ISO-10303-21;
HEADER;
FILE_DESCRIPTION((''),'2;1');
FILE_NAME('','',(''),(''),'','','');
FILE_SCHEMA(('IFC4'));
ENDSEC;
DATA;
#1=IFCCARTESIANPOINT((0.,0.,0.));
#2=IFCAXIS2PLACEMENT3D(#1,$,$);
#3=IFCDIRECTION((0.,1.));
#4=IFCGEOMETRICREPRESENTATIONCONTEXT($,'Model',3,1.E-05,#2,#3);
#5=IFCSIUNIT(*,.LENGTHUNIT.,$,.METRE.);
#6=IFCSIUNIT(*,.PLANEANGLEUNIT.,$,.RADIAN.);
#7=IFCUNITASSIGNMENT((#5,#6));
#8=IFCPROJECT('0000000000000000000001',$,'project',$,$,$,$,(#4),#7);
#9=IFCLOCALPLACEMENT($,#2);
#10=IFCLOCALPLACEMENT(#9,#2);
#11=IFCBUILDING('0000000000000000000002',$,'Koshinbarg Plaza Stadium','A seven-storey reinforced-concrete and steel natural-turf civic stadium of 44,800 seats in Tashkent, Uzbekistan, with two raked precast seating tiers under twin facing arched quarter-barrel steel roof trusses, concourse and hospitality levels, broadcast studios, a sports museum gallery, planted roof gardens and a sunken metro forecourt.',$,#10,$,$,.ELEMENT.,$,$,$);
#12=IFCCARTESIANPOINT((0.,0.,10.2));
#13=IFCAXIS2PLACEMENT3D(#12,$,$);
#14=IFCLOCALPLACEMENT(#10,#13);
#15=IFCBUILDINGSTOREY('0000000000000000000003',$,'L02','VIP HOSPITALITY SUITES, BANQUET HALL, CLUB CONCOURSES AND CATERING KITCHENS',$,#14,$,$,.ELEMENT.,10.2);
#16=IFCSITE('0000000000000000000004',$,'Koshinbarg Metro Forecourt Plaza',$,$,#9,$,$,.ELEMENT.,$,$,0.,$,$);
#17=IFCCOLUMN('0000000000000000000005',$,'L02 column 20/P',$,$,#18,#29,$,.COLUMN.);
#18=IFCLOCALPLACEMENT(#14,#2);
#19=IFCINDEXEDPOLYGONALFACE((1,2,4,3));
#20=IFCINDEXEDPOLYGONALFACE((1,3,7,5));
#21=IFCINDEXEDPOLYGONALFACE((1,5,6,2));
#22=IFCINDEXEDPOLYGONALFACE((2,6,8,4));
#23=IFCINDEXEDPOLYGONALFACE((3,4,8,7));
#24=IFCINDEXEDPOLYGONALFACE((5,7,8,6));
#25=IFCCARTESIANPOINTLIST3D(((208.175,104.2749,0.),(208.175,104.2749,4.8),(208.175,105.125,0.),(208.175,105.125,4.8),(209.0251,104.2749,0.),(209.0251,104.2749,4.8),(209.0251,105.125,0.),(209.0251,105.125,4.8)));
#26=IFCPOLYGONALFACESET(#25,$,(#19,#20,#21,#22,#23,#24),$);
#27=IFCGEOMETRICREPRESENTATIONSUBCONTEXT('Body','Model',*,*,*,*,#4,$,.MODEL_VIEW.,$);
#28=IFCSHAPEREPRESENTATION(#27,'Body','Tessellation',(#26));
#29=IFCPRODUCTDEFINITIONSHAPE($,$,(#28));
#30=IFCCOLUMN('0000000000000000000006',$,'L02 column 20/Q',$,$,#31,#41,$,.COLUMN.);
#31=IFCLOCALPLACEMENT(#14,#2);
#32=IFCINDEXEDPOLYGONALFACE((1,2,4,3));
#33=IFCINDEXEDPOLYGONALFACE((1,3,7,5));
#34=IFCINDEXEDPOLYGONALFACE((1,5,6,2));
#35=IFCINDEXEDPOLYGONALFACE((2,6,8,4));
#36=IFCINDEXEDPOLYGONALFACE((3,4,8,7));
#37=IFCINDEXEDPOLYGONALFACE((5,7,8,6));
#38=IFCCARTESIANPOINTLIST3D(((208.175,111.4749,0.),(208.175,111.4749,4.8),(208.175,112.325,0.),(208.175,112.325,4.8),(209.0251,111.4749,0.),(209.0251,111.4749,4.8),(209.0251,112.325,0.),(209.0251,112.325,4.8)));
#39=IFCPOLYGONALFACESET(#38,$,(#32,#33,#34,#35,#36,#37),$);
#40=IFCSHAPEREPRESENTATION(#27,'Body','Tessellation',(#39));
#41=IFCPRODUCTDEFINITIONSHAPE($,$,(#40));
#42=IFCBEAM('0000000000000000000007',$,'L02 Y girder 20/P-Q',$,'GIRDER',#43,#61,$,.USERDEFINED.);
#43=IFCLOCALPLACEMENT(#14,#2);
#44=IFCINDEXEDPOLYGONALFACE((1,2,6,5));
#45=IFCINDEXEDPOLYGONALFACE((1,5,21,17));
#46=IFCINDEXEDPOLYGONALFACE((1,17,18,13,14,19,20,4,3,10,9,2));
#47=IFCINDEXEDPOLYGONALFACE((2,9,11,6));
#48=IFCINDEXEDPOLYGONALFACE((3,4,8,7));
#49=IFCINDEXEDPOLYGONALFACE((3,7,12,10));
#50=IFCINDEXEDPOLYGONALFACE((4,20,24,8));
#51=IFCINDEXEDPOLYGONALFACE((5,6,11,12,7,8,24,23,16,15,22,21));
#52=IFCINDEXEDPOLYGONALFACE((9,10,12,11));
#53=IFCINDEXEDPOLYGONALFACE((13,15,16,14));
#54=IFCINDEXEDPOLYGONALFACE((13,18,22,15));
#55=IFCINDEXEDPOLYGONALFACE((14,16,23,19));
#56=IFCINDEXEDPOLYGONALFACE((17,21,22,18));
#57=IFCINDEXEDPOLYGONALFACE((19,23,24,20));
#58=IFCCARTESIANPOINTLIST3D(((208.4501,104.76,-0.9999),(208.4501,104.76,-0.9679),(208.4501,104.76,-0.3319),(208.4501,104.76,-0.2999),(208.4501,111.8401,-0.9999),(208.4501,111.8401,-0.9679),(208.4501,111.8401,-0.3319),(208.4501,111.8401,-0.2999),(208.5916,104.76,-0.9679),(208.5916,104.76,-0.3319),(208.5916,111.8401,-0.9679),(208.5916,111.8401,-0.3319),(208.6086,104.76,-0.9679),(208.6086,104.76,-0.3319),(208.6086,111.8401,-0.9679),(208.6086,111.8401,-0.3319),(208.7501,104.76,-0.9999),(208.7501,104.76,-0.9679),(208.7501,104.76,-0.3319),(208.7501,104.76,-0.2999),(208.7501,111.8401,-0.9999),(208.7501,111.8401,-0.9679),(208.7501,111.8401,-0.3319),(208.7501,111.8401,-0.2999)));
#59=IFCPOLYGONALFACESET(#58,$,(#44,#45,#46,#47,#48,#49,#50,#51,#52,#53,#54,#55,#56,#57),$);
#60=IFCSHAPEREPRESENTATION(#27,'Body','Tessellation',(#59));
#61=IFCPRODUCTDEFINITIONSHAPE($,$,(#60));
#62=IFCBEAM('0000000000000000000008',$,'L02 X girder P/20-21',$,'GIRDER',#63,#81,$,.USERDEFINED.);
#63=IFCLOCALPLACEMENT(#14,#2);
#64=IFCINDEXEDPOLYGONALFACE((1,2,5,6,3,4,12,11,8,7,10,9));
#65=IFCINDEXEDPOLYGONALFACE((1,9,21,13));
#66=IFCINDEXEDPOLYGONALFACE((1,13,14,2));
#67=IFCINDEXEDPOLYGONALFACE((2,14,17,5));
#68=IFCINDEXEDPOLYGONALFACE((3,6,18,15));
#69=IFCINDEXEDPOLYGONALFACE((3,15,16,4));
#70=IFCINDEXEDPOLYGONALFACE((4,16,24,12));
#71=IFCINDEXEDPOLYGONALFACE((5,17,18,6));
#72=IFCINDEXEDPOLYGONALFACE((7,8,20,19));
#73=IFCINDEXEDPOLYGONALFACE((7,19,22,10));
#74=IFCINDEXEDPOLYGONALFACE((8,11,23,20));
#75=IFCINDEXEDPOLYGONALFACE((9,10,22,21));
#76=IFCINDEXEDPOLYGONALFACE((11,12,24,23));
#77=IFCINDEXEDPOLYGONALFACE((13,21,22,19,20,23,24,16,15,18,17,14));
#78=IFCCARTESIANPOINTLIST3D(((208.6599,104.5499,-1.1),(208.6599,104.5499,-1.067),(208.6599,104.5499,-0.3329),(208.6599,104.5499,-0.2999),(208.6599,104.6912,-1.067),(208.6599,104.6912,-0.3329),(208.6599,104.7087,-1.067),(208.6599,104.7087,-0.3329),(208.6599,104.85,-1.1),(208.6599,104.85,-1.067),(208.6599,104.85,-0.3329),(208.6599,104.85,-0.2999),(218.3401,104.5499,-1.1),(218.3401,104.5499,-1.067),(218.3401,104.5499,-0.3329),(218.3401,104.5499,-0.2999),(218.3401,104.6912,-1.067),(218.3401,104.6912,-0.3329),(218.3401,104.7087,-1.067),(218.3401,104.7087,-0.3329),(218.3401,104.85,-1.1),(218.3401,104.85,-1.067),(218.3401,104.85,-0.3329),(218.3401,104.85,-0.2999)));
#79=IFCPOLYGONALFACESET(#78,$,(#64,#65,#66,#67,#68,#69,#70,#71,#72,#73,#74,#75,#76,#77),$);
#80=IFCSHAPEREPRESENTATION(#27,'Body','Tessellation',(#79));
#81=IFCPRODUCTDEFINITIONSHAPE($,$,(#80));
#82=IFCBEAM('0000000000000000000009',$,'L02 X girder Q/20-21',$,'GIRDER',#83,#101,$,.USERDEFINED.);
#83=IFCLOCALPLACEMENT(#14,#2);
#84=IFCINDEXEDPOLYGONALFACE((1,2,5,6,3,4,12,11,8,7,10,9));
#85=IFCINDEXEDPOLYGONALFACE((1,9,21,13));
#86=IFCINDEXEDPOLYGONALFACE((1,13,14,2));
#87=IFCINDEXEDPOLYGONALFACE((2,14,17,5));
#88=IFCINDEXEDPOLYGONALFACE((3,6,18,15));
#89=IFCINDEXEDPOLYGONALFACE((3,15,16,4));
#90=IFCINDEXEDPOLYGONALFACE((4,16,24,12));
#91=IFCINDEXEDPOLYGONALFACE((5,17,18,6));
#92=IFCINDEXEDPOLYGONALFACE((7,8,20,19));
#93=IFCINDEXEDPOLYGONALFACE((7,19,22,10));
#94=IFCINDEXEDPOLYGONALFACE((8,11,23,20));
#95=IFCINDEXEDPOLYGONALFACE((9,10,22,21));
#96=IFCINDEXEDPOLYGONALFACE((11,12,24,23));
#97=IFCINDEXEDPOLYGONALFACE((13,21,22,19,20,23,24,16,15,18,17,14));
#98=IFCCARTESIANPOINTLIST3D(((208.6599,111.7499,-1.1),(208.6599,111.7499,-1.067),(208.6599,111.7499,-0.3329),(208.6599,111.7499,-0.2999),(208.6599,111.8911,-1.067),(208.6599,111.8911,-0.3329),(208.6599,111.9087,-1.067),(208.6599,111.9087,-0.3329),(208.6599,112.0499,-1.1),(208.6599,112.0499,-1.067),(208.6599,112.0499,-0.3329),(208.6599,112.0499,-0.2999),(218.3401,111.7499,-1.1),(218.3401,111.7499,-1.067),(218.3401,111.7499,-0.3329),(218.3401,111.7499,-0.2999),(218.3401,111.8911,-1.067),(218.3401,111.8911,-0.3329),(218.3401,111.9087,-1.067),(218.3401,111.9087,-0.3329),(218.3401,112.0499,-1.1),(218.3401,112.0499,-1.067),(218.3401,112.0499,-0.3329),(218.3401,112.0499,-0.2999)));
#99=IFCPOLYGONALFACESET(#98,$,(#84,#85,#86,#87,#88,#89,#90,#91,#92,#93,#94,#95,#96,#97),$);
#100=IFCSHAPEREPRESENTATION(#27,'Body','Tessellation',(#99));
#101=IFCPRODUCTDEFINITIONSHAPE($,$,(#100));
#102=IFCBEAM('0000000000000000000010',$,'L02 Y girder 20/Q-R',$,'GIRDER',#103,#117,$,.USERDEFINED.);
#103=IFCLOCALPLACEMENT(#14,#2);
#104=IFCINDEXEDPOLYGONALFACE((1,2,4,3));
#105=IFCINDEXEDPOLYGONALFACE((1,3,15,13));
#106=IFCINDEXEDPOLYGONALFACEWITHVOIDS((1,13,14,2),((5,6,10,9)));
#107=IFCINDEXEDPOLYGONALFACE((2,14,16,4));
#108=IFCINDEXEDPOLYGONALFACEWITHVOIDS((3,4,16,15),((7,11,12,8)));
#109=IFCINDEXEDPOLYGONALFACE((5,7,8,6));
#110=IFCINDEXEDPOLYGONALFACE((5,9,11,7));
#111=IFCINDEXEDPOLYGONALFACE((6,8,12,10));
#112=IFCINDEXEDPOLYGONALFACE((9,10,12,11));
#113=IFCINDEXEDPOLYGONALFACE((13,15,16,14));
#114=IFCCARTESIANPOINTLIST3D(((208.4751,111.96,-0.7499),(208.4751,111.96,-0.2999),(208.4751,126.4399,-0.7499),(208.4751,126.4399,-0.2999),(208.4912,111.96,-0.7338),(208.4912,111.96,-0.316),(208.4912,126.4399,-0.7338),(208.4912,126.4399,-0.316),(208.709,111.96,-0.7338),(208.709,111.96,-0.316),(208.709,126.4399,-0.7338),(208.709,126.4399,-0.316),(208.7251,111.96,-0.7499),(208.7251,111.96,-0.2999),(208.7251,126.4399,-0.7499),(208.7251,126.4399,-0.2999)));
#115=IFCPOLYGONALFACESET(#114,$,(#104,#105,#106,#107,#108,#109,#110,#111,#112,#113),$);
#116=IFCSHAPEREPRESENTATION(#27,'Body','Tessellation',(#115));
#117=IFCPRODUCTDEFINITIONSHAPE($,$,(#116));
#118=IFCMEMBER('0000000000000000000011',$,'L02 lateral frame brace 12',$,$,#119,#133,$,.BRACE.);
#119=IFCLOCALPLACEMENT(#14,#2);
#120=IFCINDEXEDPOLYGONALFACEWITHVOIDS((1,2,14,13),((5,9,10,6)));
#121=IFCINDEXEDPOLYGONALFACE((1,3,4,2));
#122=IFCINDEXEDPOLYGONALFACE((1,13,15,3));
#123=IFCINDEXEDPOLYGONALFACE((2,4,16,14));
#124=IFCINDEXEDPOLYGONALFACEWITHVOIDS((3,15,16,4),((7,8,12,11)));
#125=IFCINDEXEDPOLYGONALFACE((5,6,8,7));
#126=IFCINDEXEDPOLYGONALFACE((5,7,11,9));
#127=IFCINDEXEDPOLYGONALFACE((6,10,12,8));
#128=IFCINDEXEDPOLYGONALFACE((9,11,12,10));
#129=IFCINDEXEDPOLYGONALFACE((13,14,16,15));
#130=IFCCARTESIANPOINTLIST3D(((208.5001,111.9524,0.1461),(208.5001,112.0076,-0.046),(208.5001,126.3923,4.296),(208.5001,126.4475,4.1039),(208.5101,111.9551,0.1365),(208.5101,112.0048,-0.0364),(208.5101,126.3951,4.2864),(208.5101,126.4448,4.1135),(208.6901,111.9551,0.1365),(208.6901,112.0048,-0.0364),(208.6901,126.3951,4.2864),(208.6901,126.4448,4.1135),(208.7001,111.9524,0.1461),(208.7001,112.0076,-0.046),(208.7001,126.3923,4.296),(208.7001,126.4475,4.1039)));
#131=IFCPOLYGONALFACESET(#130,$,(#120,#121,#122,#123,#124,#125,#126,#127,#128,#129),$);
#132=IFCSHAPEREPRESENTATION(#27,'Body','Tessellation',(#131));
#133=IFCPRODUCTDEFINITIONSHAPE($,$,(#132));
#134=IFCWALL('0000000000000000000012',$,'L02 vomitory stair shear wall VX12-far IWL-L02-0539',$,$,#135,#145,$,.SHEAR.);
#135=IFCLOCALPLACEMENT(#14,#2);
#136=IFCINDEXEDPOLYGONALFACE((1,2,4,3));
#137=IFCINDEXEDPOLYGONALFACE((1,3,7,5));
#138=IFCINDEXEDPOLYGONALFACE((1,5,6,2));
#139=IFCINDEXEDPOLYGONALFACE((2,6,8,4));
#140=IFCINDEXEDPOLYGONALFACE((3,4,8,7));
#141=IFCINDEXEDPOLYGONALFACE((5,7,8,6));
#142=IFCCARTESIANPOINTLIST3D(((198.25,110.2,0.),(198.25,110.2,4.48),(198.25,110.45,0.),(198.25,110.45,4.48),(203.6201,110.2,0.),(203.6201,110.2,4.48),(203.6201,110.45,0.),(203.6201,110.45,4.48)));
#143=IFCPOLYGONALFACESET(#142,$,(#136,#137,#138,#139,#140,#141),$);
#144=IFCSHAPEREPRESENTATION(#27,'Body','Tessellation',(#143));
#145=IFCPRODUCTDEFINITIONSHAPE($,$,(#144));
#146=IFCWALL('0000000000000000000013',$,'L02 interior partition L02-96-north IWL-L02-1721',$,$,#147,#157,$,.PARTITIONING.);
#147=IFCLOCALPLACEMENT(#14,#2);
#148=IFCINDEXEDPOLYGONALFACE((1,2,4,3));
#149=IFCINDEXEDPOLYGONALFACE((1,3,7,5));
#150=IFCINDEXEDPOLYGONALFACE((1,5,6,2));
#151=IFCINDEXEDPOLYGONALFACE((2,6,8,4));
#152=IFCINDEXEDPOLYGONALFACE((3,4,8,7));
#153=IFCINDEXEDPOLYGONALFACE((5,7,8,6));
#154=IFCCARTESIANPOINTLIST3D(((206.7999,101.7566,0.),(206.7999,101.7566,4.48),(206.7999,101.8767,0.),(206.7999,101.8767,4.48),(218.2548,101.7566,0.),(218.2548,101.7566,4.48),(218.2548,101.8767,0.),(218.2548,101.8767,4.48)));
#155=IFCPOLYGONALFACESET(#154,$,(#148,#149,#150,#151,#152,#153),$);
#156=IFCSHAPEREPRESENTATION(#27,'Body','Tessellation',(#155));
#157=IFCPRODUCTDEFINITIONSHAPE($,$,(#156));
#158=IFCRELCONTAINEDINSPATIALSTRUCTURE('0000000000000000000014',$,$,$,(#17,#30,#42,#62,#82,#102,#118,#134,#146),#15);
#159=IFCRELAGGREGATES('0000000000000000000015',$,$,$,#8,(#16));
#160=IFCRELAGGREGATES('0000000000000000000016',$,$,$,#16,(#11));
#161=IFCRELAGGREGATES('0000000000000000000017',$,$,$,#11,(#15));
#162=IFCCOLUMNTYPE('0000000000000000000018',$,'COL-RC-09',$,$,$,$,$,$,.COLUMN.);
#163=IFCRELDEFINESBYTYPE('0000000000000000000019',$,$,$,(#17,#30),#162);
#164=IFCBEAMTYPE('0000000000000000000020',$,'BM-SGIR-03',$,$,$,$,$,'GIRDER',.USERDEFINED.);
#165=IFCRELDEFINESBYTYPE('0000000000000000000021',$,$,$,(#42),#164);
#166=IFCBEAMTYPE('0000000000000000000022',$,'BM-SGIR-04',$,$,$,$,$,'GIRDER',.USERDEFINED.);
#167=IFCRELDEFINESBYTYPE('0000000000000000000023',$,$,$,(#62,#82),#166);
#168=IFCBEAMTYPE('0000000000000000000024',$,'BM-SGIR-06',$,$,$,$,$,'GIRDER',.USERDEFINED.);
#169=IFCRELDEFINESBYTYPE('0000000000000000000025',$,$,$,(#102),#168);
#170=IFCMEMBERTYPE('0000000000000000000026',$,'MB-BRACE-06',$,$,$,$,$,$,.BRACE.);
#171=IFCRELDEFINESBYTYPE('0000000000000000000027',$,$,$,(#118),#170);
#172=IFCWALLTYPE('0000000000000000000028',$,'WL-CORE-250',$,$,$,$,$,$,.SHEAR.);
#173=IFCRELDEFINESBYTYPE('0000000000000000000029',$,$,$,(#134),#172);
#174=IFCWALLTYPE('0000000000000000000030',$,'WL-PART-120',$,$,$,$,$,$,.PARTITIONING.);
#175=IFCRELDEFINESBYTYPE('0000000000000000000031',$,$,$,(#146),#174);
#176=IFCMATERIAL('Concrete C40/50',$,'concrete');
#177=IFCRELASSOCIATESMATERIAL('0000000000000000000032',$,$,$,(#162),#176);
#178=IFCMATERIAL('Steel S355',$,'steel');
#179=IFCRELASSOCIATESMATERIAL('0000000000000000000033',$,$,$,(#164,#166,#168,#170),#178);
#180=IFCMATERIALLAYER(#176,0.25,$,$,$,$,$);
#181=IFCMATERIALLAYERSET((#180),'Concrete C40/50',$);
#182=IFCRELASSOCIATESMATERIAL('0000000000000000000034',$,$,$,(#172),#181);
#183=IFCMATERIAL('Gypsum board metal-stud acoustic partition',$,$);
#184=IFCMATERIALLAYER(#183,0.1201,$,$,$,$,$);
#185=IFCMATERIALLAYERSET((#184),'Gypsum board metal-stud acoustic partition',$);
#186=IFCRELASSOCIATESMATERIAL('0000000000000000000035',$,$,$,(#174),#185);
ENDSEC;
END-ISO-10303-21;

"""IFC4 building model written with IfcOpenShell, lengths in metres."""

from ifc_helpers import new_model, si_unit, direction, frame, frame_2d, origin, origin_2d, place, context, subcontext, project, spatial, rectangle, hollow_rectangle, i_section, extrude, material, layer, layer_set, material_profile, profile_set, type_object, element, save


model = new_model("IFC4")

# Units and contexts
model_context = context("Model", 3, precision=1e-05, world=origin(), true_north=direction((0.0, 1.0)))
body_context = subcontext(model_context, "Body", "Model", "MODEL_VIEW")
ifc_project = project(units=[si_unit("LENGTHUNIT", "METRE"), si_unit("PLANEANGLEUNIT", "RADIAN")], contexts=[model_context])

# Site, building, storey
site_placement = place(None, origin())
site = spatial("IfcSite", under=ifc_project, at=site_placement, Name="Koshinbarg Metro Forecourt Plaza", CompositionType="ELEMENT", RefElevation=0.0)
building_placement = place(site_placement, origin())
building = spatial("IfcBuilding", under=site, at=building_placement, Name="Koshinbarg Plaza Stadium", Description="A seven-storey reinforced-concrete and steel natural-turf civic stadium of 44,800 seats in Tashkent, Uzbekistan, with two raked precast seating tiers under twin facing arched quarter-barrel steel roof trusses, concourse and hospitality levels, broadcast studios, a sports museum gallery, planted roof gardens and a sunken metro forecourt.", CompositionType="ELEMENT")
storey_placement = place(building_placement, frame((0.0, 0.0, 10.2)))
storey = spatial("IfcBuildingStorey", under=building, at=storey_placement, Name="L02", Description="VIP HOSPITALITY SUITES, BANQUET HALL, CLUB CONCOURSES AND CATERING KITCHENS", CompositionType="ELEMENT", Elevation=10.2)

# Columns
ifc_material_1 = material(Name="Concrete C40/50", Category="concrete")
ifc_material_profile_1 = material_profile(ifc_material_1, rectangle(XDim=0.8501, YDim=0.8501, at=origin_2d()), Name="RC 850x850")
ifc_profile_set_1 = profile_set([ifc_material_profile_1], Name="Concrete C40/50")
column_type = type_object("IfcColumnType", Name="COL-RC-09", PredefinedType="COLUMN", material=ifc_profile_set_1)
for number, where, z_axis, x_axis, name in (
    (1, (208.6001, 104.7, 0.0), (0.0, 0.0, 1.0), (1.0, 0.0, 0.0), "L02 column 20/P"),
    (2, (208.6001, 111.8999, 0.0), (0.0, 0.0, 1.0), (1.0, 0.0, 0.0), "L02 column 20/Q"),
):
    element("IfcColumn", number, at=place(storey_placement, frame(where, z_axis=z_axis, x_axis=x_axis)), inside=storey, type_object=column_type, Name=name, PredefinedType="COLUMN", context=body_context, shape_type="SweptSolid", body=[
        extrude(rectangle(XDim=0.8501, YDim=0.8501, at=origin_2d()), origin(), (0.0, 0.0, 1.0), 4.8),
    ])

# Beams
ifc_material_2 = material(Name="Steel S355", Category="steel")
ifc_material_profile_2 = material_profile(ifc_material_2, i_section(OverallWidth=0.3, OverallDepth=0.7, WebThickness=0.0171, FlangeThickness=0.032, at=origin_2d()), Name="HEB 700")
ifc_profile_set_2 = profile_set([ifc_material_profile_2], Name="Steel S355")
beam_type_1 = type_object("IfcBeamType", Name="BM-SGIR-03", ElementType="GIRDER", PredefinedType="USERDEFINED", material=ifc_profile_set_2)
beam_1_placement = place(storey_placement, frame((208.6001, 104.76, -0.6499), z_axis=(0.0, 1.0, 0.0), x_axis=(-1.0, 0.0, 0.0)))
element("IfcBeam", 3, at=beam_1_placement, inside=storey, type_object=beam_type_1, Name="L02 Y girder 20/P-Q", ObjectType="GIRDER", PredefinedType="USERDEFINED", context=body_context, shape_type="SweptSolid", body=[
    extrude(i_section(OverallWidth=0.3, OverallDepth=0.7, WebThickness=0.0171, FlangeThickness=0.032, at=origin_2d()), origin(), (0.0, 0.0, 1.0), 7.0801),
])
ifc_material_profile_3 = material_profile(ifc_material_2, i_section(OverallWidth=0.3, OverallDepth=0.8, WebThickness=0.0176, FlangeThickness=0.033, at=origin_2d()), Name="HEB 800")
ifc_profile_set_3 = profile_set([ifc_material_profile_3], Name="Steel S355")
beam_type_2 = type_object("IfcBeamType", Name="BM-SGIR-04", ElementType="GIRDER", PredefinedType="USERDEFINED", material=ifc_profile_set_3)
for number, where, z_axis, x_axis, name in (
    (4, (208.6599, 104.7, -0.7), (1.0, 0.0, 0.0), (0.0, 1.0, 0.0), "L02 X girder P/20-21"),
    (5, (208.6599, 111.8999, -0.7), (1.0, 0.0, 0.0), (0.0, 1.0, 0.0), "L02 X girder Q/20-21"),
):
    element("IfcBeam", number, at=place(storey_placement, frame(where, z_axis=z_axis, x_axis=x_axis)), inside=storey, type_object=beam_type_2, Name=name, ObjectType="GIRDER", PredefinedType="USERDEFINED", context=body_context, shape_type="SweptSolid", body=[
        extrude(i_section(OverallWidth=0.3, OverallDepth=0.8, WebThickness=0.0176, FlangeThickness=0.033, at=origin_2d()), origin(), (0.0, 0.0, 1.0), 9.6802),
    ])
ifc_material_profile_4 = material_profile(ifc_material_2, hollow_rectangle(XDim=0.25, YDim=0.45, WallThickness=0.0161, at=origin_2d()), Name="RHS 450x250x16")
ifc_profile_set_4 = profile_set([ifc_material_profile_4], Name="Steel S355")
beam_type_3 = type_object("IfcBeamType", Name="BM-SGIR-06", ElementType="GIRDER", PredefinedType="USERDEFINED", material=ifc_profile_set_4)
beam_2_placement = place(storey_placement, frame((208.6001, 111.96, -0.5249), z_axis=(0.0, 1.0, 0.0), x_axis=(-1.0, 0.0, 0.0)))
element("IfcBeam", 6, at=beam_2_placement, inside=storey, type_object=beam_type_3, Name="L02 Y girder 20/Q-R", ObjectType="GIRDER", PredefinedType="USERDEFINED", context=body_context, shape_type="SweptSolid", body=[
    extrude(hollow_rectangle(XDim=0.25, YDim=0.45, WallThickness=0.0161, at=origin_2d()), origin(), (0.0, 0.0, 1.0), 14.48),
])

# Member
ifc_material_profile_5 = material_profile(ifc_material_2, hollow_rectangle(XDim=0.2, YDim=0.2, WallThickness=0.01, at=origin_2d()), Name="SHS 200x200x10")
ifc_profile_set_5 = profile_set([ifc_material_profile_5], Name="Steel S355")
member_type = type_object("IfcMemberType", Name="MB-BRACE-06", PredefinedType="BRACE", material=ifc_profile_set_5)
member_placement = place(storey_placement, frame((208.6001, 111.98, 0.05), z_axis=(0.0, 0.961097, 0.27621), x_axis=(-1.0, 0.0, 0.0)))
element("IfcMember", 7, at=member_placement, inside=storey, type_object=member_type, Name="L02 lateral frame brace 12", PredefinedType="BRACE", context=body_context, shape_type="SweptSolid", body=[
    extrude(hollow_rectangle(XDim=0.2, YDim=0.2, WallThickness=0.01, at=origin_2d()), origin(), (0.0, 0.0, 1.0), 15.0244),
])

# Walls
ifc_layer_1 = layer(ifc_material_1, 0.25)
ifc_layer_set_1 = layer_set([ifc_layer_1], Name="Concrete C40/50")
wall_type_1 = type_object("IfcWallType", Name="WL-CORE-250", PredefinedType="SHEAR", material=ifc_layer_set_1)
wall_1_placement = place(storey_placement, frame((203.6201, 110.325, 0.0), z_axis=(0.0, 0.0, 1.0), x_axis=(-1.0, 0.0, 0.0)))
element("IfcWall", 8, at=wall_1_placement, inside=storey, type_object=wall_type_1, Name="L02 vomitory stair shear wall VX12-far IWL-L02-0539", PredefinedType="SHEAR", context=body_context, shape_type="SweptSolid", body=[
    extrude(rectangle(XDim=5.3701, YDim=0.25, at=frame_2d((2.6851, 0.0))), origin(), (0.0, 0.0, 1.0), 4.48),
])
ifc_material_3 = material(Name="Gypsum board metal-stud acoustic partition")
ifc_layer_2 = layer(ifc_material_3, 0.1201)
ifc_layer_set_2 = layer_set([ifc_layer_2], Name="Gypsum board metal-stud acoustic partition")
wall_type_2 = type_object("IfcWallType", Name="WL-PART-120", PredefinedType="PARTITIONING", material=ifc_layer_set_2)
wall_2_placement = place(storey_placement, frame((218.2549, 101.8167, 0.0), z_axis=(0.0, 0.0, 1.0), x_axis=(-1.0, 0.0, 0.0)))
element("IfcWall", 9, at=wall_2_placement, inside=storey, type_object=wall_type_2, Name="L02 interior partition L02-96-north IWL-L02-1721", PredefinedType="PARTITIONING", context=body_context, shape_type="SweptSolid", body=[
    extrude(rectangle(XDim=11.4548, YDim=0.1201, at=frame_2d((5.7275, 0.0))), origin(), (0.0, 0.0, 1.0), 4.48),
])

save(model, "model.ifc")
